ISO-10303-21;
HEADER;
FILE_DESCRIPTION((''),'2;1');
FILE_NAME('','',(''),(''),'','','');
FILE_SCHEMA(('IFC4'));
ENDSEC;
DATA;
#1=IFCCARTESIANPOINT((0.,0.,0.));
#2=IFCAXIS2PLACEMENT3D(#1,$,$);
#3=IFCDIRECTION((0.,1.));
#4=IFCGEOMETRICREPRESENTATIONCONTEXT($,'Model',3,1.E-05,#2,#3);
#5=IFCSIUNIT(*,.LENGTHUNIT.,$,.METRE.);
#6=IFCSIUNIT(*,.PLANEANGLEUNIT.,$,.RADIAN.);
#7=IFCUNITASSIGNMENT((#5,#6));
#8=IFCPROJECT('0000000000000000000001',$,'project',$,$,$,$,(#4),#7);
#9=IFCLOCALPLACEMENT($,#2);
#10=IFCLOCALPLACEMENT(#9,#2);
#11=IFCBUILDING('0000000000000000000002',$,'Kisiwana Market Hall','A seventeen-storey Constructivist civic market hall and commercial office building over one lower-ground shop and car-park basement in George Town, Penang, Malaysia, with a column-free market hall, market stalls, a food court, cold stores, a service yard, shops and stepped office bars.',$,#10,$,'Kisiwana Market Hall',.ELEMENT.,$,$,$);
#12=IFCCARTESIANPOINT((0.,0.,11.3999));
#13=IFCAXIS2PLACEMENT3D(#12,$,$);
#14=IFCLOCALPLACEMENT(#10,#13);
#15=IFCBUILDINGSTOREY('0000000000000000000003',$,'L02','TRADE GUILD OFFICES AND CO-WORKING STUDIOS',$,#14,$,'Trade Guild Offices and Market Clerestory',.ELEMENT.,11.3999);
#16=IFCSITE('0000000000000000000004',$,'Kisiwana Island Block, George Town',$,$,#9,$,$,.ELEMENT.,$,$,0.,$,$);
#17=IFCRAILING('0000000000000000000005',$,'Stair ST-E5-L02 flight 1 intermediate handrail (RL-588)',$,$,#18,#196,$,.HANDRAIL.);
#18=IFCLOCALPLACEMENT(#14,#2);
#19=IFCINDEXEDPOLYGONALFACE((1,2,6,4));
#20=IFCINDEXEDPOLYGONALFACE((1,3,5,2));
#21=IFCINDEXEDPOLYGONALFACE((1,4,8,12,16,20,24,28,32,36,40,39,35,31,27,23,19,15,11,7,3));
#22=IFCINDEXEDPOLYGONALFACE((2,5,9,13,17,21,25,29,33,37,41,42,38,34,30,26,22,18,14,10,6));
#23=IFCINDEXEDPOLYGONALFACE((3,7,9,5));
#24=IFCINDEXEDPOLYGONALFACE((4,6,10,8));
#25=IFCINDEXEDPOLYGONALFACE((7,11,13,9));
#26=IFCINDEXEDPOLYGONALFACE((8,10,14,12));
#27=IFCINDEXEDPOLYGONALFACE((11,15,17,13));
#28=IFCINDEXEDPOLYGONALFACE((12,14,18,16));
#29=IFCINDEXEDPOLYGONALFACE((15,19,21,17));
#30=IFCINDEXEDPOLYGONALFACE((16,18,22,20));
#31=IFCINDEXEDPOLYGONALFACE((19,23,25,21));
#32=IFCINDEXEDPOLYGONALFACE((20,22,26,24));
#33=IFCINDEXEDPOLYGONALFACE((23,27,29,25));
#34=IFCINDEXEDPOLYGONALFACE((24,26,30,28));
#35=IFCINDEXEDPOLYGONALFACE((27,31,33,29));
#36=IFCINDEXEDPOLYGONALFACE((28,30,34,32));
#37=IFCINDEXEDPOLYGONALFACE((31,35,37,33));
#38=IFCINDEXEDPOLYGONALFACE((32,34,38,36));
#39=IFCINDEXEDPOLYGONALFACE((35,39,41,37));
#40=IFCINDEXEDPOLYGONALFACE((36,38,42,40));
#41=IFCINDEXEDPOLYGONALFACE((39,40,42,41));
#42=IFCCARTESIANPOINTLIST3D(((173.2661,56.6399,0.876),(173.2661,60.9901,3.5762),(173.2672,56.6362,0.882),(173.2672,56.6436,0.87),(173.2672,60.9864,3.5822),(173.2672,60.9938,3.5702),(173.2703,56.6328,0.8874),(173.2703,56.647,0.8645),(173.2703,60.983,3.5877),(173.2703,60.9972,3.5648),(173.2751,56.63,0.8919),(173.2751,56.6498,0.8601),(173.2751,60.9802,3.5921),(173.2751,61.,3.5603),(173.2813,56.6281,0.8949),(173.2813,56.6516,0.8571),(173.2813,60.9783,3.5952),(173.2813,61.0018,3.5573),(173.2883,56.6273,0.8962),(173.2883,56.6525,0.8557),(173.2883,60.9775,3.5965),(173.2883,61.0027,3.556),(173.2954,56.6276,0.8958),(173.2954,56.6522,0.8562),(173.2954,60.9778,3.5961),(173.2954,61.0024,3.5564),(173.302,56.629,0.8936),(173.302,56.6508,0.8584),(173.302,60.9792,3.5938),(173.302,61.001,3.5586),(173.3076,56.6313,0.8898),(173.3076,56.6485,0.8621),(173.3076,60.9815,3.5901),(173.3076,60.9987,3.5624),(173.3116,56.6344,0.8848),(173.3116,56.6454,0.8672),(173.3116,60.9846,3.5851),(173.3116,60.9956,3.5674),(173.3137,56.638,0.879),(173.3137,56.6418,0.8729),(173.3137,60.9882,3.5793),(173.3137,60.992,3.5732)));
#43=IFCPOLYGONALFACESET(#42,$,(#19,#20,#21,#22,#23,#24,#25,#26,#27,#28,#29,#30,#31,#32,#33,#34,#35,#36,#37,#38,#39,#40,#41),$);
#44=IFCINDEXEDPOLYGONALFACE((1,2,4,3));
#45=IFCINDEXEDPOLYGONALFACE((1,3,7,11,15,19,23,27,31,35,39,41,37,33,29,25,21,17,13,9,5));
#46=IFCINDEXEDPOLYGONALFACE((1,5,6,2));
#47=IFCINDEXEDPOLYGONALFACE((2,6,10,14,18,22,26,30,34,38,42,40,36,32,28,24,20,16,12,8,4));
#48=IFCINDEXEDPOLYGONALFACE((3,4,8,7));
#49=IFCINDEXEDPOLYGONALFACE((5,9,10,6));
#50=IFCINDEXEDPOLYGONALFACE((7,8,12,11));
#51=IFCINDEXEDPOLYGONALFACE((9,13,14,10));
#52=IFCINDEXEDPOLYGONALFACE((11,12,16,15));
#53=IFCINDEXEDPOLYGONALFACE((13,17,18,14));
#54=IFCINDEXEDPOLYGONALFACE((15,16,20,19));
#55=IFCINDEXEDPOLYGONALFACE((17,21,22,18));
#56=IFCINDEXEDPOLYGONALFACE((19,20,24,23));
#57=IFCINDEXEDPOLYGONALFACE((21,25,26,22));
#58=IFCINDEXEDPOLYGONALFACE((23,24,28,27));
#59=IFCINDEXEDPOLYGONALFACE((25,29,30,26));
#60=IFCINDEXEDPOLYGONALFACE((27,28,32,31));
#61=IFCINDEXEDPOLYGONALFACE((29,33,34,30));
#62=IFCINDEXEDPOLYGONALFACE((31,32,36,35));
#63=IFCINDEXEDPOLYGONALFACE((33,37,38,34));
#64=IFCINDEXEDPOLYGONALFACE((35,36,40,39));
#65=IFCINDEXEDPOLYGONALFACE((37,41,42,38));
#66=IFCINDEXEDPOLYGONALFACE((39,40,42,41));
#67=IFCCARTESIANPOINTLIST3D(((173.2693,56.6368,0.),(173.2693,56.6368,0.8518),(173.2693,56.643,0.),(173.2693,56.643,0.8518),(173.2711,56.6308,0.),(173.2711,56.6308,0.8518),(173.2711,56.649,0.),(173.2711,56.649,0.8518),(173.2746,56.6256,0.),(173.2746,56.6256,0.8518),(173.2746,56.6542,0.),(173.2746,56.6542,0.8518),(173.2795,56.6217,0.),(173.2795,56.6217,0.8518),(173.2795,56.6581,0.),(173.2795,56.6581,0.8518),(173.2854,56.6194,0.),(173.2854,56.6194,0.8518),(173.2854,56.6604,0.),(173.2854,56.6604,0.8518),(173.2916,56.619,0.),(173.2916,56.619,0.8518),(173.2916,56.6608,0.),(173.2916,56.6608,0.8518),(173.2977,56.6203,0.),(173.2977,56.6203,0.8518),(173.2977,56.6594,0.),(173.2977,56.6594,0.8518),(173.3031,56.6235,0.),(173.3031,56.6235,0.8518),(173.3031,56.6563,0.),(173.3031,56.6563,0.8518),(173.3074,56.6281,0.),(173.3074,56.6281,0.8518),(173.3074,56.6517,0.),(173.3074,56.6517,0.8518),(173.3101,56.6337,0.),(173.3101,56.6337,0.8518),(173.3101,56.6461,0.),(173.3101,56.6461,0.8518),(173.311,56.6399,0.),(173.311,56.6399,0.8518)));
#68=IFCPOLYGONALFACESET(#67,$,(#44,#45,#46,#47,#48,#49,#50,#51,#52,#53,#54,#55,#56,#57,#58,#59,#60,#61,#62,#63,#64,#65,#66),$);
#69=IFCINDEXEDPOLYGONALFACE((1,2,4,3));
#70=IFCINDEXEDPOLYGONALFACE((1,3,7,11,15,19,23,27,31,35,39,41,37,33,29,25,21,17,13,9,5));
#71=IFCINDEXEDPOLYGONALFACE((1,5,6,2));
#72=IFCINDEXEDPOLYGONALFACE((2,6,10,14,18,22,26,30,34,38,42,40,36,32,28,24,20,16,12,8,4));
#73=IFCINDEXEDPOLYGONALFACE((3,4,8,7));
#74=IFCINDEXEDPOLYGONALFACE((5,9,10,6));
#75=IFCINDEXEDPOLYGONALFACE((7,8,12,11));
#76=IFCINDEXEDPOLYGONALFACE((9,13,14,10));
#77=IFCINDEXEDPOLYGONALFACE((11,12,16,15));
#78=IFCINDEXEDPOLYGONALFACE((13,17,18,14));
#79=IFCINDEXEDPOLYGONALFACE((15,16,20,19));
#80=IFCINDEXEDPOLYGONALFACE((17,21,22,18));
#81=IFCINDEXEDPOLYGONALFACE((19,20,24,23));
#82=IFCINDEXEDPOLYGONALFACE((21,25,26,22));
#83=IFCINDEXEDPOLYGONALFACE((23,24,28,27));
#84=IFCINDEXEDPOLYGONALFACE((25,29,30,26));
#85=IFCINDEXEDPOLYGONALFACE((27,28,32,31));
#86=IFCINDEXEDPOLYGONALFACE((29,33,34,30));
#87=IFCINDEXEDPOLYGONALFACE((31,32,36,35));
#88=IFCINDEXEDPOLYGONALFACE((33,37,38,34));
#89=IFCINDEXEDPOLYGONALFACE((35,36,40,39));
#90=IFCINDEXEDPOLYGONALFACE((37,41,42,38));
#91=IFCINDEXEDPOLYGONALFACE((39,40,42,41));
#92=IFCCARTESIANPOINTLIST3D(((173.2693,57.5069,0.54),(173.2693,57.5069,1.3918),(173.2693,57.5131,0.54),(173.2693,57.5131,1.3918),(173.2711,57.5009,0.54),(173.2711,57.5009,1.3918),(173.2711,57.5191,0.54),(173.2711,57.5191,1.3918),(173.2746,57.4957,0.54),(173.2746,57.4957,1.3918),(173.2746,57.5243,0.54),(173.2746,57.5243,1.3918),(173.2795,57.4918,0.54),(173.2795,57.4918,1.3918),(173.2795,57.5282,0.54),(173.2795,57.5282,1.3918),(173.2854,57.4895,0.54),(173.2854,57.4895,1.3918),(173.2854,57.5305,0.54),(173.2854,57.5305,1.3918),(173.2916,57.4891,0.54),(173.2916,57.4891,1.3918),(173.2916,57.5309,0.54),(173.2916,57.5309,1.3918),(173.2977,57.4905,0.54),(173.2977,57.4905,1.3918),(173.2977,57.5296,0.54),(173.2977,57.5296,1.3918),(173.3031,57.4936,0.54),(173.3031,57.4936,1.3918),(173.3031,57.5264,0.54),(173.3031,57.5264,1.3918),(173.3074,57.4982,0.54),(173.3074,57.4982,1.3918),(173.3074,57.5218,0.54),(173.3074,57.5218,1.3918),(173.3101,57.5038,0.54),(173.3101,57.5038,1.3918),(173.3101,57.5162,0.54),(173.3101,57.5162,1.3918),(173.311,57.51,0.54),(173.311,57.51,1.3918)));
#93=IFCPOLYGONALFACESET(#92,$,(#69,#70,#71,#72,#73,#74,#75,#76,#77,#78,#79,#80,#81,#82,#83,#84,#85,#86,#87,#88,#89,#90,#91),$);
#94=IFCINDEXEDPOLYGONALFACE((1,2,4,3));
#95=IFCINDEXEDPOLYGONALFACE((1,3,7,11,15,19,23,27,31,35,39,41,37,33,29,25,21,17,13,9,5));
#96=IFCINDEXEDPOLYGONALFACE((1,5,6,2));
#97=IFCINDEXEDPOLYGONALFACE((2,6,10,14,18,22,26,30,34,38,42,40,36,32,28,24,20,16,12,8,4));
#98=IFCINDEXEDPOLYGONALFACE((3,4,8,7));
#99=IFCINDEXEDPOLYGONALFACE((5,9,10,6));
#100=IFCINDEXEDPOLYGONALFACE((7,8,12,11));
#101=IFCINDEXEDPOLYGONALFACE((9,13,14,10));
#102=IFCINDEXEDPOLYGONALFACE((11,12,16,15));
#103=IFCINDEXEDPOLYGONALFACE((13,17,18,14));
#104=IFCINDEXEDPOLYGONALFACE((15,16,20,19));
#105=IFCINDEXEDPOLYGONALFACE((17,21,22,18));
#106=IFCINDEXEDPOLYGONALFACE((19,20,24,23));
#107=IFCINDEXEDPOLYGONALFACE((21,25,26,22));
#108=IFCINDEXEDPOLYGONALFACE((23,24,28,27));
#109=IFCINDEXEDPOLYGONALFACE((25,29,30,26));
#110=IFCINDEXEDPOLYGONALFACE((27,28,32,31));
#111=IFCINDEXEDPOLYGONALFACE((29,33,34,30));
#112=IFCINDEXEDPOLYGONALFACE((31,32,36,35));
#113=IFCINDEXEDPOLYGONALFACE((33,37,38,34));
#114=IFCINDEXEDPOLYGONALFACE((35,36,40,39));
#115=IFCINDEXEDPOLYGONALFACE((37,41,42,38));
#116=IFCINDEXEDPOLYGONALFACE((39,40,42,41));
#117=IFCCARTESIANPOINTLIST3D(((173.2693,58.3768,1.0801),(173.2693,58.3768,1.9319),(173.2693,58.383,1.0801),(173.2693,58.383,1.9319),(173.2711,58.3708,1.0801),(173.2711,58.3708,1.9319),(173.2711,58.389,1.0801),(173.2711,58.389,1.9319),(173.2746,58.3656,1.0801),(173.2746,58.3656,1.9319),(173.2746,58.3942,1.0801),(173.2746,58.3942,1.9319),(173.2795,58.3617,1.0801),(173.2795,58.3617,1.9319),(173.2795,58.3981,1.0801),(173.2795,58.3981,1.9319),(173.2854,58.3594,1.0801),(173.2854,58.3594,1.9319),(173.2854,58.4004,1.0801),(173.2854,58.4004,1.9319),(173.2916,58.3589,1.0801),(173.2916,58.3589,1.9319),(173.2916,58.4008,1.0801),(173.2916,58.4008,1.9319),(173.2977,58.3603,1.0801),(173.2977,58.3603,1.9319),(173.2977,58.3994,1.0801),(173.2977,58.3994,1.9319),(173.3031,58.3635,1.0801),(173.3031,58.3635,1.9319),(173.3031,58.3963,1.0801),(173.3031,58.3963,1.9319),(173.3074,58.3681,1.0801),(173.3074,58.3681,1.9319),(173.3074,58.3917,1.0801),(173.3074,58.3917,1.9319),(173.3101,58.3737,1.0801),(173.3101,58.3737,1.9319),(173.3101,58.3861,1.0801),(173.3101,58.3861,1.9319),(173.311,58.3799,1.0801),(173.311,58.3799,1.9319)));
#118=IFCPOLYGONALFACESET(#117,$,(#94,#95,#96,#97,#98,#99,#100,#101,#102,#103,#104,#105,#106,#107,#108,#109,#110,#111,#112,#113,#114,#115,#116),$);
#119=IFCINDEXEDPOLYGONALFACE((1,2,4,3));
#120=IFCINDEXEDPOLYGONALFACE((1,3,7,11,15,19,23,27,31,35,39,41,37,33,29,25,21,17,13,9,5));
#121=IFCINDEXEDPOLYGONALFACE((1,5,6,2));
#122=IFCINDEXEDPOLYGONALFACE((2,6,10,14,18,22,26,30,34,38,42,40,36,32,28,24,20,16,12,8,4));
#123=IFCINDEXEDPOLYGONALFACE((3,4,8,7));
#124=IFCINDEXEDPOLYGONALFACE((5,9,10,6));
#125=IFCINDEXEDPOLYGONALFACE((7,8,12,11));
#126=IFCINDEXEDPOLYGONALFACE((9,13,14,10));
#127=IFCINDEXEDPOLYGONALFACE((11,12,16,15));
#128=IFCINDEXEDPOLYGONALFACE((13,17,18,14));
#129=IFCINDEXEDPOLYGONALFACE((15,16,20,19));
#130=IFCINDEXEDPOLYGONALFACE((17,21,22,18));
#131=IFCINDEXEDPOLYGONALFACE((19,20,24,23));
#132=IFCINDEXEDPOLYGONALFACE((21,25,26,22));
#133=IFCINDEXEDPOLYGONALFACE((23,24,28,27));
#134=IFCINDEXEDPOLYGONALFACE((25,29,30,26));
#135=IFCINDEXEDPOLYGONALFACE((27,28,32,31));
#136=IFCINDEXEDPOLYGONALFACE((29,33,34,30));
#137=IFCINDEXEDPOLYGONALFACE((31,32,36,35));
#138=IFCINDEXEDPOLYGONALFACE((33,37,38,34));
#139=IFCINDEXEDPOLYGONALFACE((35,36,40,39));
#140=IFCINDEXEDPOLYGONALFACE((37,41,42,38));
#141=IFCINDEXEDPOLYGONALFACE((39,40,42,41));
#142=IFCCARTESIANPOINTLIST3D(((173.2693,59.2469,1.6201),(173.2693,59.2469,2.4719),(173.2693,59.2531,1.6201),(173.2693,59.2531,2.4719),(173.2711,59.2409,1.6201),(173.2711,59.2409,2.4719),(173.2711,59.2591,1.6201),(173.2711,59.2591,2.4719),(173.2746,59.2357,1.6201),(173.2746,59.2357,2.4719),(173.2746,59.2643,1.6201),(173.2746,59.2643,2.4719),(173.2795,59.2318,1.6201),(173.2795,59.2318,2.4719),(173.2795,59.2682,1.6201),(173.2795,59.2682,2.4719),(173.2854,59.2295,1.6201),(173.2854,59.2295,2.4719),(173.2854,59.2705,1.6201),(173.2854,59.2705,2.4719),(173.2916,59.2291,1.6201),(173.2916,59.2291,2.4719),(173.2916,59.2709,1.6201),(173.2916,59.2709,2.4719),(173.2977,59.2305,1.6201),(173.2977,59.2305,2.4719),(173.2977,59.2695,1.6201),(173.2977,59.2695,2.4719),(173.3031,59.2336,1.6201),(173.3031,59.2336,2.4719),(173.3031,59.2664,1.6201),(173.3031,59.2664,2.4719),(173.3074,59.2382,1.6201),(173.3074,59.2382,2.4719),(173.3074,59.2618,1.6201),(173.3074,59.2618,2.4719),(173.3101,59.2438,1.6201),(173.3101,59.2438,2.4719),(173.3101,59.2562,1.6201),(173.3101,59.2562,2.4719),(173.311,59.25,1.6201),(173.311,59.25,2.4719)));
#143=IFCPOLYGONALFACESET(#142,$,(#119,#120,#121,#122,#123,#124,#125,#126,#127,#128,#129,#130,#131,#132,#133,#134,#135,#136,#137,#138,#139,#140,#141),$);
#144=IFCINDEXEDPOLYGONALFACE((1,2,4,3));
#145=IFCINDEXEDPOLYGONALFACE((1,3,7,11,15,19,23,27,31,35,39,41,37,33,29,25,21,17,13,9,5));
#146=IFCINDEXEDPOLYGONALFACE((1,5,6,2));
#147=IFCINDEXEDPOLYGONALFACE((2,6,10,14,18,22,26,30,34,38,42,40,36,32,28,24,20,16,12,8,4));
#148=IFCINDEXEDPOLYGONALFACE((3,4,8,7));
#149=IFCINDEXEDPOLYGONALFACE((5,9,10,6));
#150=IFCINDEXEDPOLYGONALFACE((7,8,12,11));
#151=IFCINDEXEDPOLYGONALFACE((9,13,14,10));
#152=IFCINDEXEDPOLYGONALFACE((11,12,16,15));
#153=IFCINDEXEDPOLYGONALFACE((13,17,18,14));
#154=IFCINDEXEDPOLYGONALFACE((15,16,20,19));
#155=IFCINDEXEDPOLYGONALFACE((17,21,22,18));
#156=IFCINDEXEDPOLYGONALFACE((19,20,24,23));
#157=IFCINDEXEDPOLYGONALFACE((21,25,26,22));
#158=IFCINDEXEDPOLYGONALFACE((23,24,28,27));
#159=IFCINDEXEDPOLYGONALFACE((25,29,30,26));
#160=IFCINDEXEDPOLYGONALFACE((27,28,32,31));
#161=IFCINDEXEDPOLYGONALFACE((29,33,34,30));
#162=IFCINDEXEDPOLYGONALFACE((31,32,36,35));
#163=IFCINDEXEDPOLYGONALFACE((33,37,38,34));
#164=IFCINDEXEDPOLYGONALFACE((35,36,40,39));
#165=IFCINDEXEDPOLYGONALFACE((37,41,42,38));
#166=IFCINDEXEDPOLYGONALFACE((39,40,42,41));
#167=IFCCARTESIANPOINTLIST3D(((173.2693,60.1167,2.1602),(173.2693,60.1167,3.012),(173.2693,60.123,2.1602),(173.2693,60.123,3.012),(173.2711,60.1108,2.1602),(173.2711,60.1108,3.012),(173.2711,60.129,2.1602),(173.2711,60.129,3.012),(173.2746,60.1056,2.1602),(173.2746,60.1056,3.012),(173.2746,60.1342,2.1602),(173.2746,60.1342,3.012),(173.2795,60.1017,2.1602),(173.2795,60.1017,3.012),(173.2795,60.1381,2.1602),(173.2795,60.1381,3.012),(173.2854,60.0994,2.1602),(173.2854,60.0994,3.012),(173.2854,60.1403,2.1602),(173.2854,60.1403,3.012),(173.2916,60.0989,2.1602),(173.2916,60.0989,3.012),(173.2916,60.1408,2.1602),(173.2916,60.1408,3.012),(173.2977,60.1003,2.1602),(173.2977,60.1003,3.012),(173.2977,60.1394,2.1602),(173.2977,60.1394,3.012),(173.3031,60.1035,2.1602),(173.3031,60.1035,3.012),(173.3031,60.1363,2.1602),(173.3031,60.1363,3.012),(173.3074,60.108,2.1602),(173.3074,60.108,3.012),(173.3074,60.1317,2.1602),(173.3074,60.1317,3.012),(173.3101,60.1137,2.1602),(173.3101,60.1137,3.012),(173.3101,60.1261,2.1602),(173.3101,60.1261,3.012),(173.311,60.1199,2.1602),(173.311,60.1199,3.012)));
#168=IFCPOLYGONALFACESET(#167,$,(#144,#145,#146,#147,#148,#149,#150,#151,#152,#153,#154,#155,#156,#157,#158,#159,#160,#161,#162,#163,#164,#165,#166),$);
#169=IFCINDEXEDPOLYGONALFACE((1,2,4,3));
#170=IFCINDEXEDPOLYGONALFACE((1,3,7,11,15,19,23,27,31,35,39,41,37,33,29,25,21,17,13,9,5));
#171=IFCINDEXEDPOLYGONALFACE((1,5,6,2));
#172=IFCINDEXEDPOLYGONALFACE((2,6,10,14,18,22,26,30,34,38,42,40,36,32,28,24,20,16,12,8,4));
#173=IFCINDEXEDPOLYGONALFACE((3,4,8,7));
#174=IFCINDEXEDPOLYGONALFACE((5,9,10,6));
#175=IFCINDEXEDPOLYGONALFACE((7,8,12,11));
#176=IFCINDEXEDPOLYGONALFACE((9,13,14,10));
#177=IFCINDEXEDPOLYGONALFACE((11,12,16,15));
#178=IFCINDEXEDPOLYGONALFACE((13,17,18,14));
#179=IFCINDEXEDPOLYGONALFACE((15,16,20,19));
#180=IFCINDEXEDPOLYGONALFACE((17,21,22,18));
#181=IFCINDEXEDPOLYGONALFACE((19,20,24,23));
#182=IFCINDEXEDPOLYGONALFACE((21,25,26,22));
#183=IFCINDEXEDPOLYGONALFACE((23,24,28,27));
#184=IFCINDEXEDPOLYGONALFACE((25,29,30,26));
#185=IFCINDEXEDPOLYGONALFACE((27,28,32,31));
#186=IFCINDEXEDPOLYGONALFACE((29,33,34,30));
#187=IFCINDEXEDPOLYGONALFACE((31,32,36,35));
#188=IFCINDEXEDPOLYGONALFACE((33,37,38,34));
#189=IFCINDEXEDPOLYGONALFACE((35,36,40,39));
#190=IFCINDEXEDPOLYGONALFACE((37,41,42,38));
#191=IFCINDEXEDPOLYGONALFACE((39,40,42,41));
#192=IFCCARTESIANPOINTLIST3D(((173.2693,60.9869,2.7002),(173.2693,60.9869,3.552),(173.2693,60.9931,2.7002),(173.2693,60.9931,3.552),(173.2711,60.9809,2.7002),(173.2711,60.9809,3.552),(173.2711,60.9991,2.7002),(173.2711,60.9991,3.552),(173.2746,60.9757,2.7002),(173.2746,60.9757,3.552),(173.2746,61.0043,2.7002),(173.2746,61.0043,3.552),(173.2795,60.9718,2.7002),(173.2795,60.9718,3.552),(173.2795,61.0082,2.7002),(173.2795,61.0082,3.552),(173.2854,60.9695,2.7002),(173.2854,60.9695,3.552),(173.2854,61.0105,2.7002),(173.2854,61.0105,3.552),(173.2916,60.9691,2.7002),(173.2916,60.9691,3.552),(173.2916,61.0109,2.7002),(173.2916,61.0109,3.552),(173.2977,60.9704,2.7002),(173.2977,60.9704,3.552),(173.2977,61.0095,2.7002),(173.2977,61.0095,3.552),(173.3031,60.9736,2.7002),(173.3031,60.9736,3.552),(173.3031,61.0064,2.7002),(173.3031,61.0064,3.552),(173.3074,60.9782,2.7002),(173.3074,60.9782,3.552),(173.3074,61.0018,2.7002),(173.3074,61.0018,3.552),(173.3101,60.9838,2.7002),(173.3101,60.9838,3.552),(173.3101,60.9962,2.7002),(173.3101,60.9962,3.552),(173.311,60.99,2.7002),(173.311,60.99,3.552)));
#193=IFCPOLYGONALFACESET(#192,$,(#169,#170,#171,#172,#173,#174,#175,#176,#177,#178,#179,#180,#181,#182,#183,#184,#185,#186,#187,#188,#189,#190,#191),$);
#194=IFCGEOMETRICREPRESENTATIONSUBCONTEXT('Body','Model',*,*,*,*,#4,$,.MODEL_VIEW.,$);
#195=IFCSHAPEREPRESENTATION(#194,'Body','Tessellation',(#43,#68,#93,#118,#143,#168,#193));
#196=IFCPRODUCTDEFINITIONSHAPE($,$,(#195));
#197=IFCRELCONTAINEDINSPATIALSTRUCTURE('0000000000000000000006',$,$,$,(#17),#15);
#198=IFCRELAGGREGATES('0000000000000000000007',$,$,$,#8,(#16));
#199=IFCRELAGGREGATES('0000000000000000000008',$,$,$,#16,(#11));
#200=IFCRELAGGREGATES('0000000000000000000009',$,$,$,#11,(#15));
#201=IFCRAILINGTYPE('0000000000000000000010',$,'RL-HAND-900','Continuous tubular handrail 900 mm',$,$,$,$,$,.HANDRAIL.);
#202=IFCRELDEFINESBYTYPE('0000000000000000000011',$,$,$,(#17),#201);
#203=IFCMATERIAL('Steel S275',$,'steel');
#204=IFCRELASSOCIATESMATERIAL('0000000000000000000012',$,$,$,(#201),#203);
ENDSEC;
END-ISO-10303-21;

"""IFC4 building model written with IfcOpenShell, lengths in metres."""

from ifc_helpers import new_model, si_unit, direction, frame, origin, origin_2d, place, context, subcontext, project, spatial, circle, extrude, material, type_object, element, save


model = new_model("IFC4")

# Units and contexts
model_context = context("Model", 3, precision=1e-05, world=origin(), true_north=direction((0.0, 1.0)))
body_context = subcontext(model_context, "Body", "Model", "MODEL_VIEW")
ifc_project = project(units=[si_unit("LENGTHUNIT", "METRE"), si_unit("PLANEANGLEUNIT", "RADIAN")], contexts=[model_context])

# Site, building, storey
site_placement = place(None, origin())
site = spatial("IfcSite", under=ifc_project, at=site_placement, Name="Kisiwana Island Block, George Town", CompositionType="ELEMENT", RefElevation=0.0)
building_placement = place(site_placement, origin())
building = spatial("IfcBuilding", under=site, at=building_placement, Name="Kisiwana Market Hall", Description="A seventeen-storey Constructivist civic market hall and commercial office building over one lower-ground shop and car-park basement in George Town, Penang, Malaysia, with a column-free market hall, market stalls, a food court, cold stores, a service yard, shops and stepped office bars.", LongName="Kisiwana Market Hall", CompositionType="ELEMENT")
storey_placement = place(building_placement, frame((0.0, 0.0, 11.3999)))
storey = spatial("IfcBuildingStorey", under=building, at=storey_placement, Name="L02", Description="TRADE GUILD OFFICES AND CO-WORKING STUDIOS", LongName="Trade Guild Offices and Market Clerestory", CompositionType="ELEMENT", Elevation=11.3999)

# Railing
ifc_material_1 = material(Name="Steel S275", Category="steel")
railing_type_1 = type_object("IfcRailingType", Name="RL-HAND-900", Description="Continuous tubular handrail 900 mm", PredefinedType="HANDRAIL", material=ifc_material_1)
for number, where, name in (
    (1, (173.29, 56.6399, 0.0), "Stair ST-E5-L02 flight 1 intermediate handrail (RL-588)"),
):
    element("IfcRailing", number, at=place(storey_placement, frame(where)), inside=storey, type_object=railing_type_1, Name=name, PredefinedType="HANDRAIL", context=body_context, shape_type="SweptSolid", body=[
        extrude(circle(Radius=0.0239, at=origin_2d()), frame((0.0, 0.0, 0.876), z_axis=(0.0, 0.849628, 0.527382), x_axis=(-1.0, 0.0, 0.0)), (0.0, 0.0, 1.0), 5.1201),
        extrude(circle(Radius=0.021, at=origin_2d()), origin(), (0.0, 0.0, 1.0), 0.8518),
        extrude(circle(Radius=0.021, at=origin_2d()), frame((0.0, 0.8701, 0.54)), (0.0, 0.0, 1.0), 0.8518),
        extrude(circle(Radius=0.021, at=origin_2d()), frame((0.0, 1.74, 1.0801)), (0.0, 0.0, 1.0), 0.8518),
        extrude(circle(Radius=0.021, at=origin_2d()), frame((0.0, 2.6101, 1.6201)), (0.0, 0.0, 1.0), 0.8518),
        extrude(circle(Radius=0.021, at=origin_2d()), frame((0.0, 3.48, 2.1602)), (0.0, 0.0, 1.0), 0.8518),
        extrude(circle(Radius=0.021, at=origin_2d()), frame((0.0, 4.3501, 2.7002)), (0.0, 0.0, 1.0), 0.8518),
    ])

save(model, "model.ifc")
